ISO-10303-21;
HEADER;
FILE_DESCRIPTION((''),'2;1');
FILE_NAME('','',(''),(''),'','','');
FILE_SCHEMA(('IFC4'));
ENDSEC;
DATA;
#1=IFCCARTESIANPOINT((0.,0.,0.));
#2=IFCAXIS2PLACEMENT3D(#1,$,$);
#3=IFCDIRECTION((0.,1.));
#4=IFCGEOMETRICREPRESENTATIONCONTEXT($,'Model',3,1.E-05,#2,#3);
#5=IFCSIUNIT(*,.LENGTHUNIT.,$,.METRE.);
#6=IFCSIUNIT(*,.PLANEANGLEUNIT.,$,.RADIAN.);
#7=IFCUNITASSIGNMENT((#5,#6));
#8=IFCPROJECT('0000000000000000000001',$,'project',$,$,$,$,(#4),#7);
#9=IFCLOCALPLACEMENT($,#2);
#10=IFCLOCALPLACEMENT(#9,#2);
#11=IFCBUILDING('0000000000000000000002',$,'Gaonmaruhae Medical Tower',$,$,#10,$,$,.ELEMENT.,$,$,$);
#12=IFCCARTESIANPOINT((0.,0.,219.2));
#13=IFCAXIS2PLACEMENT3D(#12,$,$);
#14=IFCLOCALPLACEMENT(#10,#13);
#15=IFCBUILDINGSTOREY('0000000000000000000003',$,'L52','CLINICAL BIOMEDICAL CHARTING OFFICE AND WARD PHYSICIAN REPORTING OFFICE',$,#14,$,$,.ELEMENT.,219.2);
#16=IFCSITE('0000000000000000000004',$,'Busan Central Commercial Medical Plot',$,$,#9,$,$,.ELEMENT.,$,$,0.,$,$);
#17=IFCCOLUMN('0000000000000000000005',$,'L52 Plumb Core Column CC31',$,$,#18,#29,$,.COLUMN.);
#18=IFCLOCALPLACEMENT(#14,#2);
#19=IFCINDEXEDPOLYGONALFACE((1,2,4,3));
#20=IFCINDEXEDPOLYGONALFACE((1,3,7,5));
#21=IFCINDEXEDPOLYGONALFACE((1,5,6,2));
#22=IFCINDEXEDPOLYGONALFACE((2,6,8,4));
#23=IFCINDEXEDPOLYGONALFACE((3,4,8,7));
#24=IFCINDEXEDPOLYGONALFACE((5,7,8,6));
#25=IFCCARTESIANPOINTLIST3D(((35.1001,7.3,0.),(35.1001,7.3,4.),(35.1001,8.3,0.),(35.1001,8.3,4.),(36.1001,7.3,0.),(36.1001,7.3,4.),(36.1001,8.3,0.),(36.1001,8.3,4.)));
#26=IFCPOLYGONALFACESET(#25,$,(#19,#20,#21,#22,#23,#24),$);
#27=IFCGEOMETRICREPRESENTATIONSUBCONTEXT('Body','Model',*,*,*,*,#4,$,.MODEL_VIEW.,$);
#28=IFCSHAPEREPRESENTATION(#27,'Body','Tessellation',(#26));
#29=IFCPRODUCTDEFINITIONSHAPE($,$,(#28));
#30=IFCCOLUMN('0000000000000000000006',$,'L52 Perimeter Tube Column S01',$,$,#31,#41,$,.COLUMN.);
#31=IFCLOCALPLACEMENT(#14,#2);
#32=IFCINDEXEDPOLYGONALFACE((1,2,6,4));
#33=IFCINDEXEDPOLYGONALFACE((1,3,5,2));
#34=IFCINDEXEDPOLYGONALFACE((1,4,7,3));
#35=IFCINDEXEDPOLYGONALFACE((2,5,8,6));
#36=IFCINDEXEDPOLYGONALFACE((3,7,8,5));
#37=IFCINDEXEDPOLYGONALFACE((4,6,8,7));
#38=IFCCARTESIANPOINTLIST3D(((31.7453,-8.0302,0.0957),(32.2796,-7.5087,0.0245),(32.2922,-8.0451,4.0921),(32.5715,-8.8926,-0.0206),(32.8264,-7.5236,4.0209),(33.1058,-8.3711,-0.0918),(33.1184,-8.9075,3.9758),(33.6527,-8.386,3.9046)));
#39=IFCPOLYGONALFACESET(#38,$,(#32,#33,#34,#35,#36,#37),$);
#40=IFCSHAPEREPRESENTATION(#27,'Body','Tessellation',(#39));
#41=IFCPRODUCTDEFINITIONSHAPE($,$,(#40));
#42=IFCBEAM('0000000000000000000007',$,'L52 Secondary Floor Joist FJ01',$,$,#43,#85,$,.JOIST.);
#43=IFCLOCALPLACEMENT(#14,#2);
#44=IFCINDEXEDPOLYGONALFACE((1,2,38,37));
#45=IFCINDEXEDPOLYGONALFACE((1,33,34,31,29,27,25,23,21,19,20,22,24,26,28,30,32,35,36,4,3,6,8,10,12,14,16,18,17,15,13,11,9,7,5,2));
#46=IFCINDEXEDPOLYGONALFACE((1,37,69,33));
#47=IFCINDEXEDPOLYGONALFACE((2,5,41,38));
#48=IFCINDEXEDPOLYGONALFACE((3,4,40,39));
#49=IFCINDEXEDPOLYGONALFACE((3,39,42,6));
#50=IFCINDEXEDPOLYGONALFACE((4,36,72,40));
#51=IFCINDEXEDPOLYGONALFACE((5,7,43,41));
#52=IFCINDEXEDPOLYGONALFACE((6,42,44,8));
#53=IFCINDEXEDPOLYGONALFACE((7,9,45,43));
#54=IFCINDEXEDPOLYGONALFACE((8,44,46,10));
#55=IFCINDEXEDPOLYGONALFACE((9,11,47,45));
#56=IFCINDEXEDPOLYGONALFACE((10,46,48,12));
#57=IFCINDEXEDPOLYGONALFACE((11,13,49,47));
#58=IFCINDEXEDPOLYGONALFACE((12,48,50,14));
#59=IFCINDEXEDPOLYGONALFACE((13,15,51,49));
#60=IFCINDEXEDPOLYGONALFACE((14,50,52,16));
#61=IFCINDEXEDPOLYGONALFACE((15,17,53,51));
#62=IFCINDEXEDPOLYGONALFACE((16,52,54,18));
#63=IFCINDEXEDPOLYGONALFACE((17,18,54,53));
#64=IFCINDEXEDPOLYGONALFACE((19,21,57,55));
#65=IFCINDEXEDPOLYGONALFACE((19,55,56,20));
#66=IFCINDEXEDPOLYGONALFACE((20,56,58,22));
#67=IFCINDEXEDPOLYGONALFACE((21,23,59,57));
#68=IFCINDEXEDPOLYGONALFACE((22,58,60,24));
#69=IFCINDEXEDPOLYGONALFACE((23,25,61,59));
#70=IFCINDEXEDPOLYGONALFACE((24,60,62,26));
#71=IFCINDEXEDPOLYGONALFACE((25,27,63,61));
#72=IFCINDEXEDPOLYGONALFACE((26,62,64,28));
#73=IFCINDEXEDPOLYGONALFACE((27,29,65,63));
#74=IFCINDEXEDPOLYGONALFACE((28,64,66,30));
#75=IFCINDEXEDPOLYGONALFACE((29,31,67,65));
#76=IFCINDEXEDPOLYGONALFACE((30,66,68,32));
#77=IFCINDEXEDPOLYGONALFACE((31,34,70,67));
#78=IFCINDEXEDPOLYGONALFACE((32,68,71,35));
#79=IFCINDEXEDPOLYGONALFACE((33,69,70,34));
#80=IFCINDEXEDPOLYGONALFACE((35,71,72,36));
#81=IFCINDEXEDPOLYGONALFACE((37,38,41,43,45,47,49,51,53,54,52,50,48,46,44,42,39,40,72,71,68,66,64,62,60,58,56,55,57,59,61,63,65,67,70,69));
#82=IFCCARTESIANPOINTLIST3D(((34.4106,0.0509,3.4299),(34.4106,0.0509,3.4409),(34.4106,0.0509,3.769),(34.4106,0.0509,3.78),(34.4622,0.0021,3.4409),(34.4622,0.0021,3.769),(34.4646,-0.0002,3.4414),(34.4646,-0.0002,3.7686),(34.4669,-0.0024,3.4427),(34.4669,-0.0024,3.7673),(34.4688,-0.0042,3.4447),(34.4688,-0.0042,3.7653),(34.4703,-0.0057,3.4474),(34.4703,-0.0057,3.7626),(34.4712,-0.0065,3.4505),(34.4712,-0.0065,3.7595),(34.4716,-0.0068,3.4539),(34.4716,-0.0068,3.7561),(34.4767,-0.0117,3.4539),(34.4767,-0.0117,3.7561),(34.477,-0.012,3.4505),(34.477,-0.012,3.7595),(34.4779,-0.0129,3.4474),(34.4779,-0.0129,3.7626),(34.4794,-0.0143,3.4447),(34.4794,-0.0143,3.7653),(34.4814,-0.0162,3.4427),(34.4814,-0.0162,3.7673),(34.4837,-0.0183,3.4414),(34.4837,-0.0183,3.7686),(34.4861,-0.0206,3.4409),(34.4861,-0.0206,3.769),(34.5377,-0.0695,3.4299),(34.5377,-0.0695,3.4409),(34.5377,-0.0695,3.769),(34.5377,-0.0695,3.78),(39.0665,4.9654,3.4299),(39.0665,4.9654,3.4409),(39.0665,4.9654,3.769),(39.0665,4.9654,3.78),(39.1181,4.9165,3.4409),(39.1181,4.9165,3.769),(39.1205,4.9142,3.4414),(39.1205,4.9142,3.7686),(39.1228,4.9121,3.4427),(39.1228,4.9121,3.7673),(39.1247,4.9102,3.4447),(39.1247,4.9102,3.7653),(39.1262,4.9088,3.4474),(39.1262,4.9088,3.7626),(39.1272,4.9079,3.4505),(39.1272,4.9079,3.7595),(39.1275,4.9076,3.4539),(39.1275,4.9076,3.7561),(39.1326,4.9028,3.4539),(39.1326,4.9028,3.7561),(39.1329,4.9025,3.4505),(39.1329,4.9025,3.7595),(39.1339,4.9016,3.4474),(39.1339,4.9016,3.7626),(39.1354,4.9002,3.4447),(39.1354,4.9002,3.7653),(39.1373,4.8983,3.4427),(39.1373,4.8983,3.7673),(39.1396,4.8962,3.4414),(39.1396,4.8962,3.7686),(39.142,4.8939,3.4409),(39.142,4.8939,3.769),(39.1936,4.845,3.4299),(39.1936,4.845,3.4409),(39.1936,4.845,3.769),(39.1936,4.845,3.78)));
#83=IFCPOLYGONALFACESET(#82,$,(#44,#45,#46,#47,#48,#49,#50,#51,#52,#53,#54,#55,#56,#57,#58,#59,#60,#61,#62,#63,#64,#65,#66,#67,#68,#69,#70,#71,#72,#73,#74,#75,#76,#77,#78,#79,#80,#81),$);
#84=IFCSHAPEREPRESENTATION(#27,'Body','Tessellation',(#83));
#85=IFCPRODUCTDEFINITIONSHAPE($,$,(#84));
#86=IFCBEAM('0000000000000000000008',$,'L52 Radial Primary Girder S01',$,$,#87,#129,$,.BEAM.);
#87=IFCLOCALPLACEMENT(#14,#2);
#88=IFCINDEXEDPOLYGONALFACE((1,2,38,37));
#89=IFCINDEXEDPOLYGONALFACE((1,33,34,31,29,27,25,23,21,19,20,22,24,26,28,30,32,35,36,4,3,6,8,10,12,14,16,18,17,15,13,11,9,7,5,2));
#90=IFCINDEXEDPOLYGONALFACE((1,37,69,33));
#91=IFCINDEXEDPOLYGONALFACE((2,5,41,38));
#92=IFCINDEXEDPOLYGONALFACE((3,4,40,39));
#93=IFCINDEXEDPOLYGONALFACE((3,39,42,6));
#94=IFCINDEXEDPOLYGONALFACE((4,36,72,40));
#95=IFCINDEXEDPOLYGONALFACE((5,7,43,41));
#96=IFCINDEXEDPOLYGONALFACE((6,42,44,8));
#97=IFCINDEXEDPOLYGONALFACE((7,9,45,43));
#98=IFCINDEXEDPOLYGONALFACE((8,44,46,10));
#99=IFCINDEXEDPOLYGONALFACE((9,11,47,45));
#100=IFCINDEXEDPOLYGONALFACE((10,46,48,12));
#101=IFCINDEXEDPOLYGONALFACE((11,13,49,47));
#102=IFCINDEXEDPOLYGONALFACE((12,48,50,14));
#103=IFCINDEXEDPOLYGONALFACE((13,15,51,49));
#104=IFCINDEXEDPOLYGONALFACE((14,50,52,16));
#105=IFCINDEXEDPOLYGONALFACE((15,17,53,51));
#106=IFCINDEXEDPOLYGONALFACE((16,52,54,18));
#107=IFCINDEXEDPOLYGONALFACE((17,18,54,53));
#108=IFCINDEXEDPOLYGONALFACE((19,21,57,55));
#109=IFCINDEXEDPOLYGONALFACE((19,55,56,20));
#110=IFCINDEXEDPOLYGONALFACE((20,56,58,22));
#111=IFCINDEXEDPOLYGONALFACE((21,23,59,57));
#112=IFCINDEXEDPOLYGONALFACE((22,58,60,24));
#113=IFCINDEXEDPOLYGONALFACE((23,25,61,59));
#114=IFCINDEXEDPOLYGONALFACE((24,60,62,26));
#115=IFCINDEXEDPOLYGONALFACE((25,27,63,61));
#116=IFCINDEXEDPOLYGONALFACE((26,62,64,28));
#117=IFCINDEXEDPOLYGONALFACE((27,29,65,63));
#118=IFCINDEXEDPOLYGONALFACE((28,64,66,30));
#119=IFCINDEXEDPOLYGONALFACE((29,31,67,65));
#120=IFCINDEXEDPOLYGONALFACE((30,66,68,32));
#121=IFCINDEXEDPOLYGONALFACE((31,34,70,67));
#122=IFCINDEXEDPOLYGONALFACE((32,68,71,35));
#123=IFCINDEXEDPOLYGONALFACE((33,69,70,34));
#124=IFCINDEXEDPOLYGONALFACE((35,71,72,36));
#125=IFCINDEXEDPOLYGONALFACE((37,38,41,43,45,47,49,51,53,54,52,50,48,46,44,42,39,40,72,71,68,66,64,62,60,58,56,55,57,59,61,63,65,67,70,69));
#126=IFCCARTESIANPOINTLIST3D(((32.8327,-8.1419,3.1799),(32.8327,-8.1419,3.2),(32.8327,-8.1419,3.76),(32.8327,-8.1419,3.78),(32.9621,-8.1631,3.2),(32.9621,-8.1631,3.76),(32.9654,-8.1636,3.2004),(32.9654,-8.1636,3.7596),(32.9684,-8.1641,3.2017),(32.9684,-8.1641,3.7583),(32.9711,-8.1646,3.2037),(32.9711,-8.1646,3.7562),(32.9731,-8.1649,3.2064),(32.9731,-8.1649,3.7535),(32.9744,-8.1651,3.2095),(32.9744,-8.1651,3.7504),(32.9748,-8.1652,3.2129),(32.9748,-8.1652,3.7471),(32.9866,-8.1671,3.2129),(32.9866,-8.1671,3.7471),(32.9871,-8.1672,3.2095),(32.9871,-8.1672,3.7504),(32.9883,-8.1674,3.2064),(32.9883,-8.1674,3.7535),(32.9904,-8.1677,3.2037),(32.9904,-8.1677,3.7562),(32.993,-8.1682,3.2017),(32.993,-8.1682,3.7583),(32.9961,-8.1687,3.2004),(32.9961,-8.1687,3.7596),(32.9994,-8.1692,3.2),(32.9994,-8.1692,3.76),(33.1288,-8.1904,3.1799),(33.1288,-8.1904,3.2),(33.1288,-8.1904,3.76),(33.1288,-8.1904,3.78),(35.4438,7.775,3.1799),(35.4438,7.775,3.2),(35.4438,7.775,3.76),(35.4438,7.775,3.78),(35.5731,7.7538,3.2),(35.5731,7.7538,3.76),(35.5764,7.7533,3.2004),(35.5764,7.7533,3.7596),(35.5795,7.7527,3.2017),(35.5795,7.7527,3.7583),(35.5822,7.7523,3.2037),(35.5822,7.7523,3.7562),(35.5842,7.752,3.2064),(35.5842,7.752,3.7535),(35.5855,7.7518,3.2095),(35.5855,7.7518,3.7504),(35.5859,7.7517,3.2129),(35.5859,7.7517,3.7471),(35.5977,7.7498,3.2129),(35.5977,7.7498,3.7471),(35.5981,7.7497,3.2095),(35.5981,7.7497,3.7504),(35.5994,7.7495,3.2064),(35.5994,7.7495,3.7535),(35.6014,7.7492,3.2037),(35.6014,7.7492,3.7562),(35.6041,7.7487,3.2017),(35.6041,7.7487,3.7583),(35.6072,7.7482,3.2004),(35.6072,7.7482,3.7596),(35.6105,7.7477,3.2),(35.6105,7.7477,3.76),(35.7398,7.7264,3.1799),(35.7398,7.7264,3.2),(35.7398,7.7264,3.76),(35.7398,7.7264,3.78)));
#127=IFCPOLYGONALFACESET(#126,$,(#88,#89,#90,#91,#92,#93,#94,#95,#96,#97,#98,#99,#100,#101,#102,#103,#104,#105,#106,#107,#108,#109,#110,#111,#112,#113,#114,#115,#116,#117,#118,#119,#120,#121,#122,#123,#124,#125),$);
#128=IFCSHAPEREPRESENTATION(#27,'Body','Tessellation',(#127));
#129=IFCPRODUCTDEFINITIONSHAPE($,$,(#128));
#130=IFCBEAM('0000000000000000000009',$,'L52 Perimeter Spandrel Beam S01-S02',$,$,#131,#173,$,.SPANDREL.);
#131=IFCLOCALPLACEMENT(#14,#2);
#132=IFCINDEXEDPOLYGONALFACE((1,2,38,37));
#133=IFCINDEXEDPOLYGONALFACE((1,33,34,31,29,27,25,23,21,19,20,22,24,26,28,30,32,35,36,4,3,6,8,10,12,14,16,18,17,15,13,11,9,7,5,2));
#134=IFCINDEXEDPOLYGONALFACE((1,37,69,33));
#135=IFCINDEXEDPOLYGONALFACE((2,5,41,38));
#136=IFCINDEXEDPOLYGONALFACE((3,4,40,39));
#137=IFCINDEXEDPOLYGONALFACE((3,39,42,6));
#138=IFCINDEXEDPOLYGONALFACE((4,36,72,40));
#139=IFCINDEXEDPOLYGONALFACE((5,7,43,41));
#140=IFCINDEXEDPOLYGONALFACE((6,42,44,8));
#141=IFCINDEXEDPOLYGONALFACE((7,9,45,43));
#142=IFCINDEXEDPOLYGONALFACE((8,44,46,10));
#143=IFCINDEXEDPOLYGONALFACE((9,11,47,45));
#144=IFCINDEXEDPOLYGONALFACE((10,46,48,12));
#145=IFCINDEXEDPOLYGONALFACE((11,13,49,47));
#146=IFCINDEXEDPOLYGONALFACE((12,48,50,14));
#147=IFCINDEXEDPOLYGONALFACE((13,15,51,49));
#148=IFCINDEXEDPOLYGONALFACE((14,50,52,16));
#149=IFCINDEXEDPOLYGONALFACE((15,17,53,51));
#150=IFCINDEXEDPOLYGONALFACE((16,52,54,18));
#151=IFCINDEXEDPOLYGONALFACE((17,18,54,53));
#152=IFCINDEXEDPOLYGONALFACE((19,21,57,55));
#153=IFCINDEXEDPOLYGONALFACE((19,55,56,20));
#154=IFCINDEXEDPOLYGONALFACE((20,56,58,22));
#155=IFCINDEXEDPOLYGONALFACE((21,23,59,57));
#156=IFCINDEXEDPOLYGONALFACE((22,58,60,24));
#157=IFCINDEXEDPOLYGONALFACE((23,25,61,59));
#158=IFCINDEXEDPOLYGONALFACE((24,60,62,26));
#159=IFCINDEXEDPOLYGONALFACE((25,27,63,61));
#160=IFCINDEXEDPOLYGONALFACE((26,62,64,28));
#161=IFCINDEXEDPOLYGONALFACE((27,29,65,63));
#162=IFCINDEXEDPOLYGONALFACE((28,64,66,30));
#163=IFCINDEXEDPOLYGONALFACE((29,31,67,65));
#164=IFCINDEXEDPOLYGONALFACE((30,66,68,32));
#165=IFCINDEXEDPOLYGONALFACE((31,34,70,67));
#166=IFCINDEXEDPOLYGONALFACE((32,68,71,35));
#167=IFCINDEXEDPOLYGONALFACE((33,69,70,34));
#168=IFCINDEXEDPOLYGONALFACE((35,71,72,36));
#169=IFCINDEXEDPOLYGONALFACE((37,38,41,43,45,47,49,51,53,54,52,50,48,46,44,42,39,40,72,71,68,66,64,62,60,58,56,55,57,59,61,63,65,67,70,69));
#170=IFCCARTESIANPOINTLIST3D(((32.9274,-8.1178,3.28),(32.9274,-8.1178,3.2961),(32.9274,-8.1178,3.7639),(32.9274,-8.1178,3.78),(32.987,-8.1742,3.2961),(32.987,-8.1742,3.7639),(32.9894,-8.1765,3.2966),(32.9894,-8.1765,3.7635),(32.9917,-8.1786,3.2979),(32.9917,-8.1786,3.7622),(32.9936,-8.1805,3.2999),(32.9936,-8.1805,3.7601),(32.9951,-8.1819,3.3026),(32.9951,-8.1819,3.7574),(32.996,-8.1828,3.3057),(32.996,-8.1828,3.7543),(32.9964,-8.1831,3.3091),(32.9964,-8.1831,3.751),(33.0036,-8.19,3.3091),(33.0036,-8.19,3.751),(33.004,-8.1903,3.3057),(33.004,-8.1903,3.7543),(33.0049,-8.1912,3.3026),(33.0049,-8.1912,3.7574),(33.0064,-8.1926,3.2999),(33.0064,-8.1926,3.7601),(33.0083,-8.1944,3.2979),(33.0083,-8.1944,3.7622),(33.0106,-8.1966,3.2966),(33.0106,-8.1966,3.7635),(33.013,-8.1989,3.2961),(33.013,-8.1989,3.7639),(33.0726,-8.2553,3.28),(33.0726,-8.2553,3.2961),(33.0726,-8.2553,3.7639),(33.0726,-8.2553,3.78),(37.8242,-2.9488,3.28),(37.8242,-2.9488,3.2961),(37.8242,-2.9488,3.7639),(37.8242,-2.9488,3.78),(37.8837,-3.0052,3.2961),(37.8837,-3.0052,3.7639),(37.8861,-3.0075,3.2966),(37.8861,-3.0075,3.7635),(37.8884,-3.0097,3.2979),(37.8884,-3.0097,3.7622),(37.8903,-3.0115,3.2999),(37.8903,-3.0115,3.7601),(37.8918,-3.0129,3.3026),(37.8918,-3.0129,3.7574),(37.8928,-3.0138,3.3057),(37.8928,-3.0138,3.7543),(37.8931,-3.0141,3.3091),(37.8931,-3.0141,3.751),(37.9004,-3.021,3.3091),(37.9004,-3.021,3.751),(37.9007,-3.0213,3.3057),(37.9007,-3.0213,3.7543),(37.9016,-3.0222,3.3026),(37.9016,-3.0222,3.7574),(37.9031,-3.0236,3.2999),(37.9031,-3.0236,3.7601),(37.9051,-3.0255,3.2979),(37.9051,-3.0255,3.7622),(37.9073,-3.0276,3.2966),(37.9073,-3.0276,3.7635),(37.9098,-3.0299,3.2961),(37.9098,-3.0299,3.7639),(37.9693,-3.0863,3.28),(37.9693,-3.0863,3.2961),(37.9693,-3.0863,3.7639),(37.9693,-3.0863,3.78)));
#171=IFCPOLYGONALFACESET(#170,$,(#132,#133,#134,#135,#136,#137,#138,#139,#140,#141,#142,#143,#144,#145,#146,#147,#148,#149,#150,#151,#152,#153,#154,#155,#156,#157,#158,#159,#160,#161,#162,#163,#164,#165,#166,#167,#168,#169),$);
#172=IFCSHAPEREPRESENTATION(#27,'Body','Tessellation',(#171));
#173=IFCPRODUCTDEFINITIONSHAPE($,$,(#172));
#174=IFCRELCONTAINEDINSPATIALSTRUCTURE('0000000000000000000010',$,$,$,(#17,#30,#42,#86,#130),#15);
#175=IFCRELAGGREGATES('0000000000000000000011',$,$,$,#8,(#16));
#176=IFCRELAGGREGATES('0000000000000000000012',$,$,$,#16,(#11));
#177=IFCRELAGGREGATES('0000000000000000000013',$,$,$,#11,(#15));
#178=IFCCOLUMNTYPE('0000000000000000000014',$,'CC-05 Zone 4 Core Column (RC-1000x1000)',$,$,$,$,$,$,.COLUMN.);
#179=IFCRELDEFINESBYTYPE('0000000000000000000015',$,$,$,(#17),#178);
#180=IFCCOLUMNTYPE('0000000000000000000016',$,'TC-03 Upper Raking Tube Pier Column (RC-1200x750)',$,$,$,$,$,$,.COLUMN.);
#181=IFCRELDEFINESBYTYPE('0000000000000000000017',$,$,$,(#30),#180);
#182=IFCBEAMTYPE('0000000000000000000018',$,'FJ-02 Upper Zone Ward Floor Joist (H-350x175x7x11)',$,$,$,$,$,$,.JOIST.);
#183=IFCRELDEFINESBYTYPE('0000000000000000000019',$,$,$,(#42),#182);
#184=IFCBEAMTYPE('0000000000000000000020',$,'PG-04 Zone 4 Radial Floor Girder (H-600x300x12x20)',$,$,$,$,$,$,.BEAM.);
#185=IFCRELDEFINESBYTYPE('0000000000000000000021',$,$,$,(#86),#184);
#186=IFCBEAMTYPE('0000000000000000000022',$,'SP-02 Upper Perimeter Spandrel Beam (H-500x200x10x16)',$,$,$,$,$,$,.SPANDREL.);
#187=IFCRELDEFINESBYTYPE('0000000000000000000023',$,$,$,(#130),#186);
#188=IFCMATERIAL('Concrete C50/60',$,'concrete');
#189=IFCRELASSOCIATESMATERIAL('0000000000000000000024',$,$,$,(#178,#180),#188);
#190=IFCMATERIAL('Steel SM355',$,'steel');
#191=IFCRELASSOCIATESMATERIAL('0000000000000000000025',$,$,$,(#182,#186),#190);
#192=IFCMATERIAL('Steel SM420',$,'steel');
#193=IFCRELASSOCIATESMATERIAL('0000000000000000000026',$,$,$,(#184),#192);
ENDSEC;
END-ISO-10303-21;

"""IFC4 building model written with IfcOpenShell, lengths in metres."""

from ifc_helpers import new_model, si_unit, direction, frame, origin, origin_2d, place, context, subcontext, project, spatial, rectangle, i_section, extrude, material, material_profile, profile_set, type_object, element, save


model = new_model("IFC4")

# Units and contexts
model_context = context("Model", 3, precision=1e-05, world=origin(), true_north=direction((0.0, 1.0)))
body_context = subcontext(model_context, "Body", "Model", "MODEL_VIEW")
ifc_project = project(units=[si_unit("LENGTHUNIT", "METRE"), si_unit("PLANEANGLEUNIT", "RADIAN")], contexts=[model_context])

# Site, building, storey
site_placement = place(None, origin())
site = spatial("IfcSite", under=ifc_project, at=site_placement, Name="Busan Central Commercial Medical Plot", CompositionType="ELEMENT", RefElevation=0.0)
building_placement = place(site_placement, origin())
building = spatial("IfcBuilding", under=site, at=building_placement, Name="Gaonmaruhae Medical Tower", CompositionType="ELEMENT")
storey_placement = place(building_placement, frame((0.0, 0.0, 219.2)))
storey = spatial("IfcBuildingStorey", under=building, at=storey_placement, Name="L52", Description="CLINICAL BIOMEDICAL CHARTING OFFICE AND WARD PHYSICIAN REPORTING OFFICE", CompositionType="ELEMENT", Elevation=219.2)

# Columns
ifc_material_1 = material(Name="Concrete C50/60", Category="concrete")
ifc_material_profile_1 = material_profile(ifc_material_1, rectangle(XDim=1.0, YDim=1.0, at=origin_2d()), Name="RC-1000x1000")
ifc_profile_set_1 = profile_set([ifc_material_profile_1], Name="Concrete C50/60")
column_type_1 = type_object("IfcColumnType", Name="CC-05 Zone 4 Core Column (RC-1000x1000)", PredefinedType="COLUMN", material=ifc_profile_set_1)
column_1_placement = place(storey_placement, frame((35.6001, 7.8, 0.0), z_axis=(0.0, 0.0, 1.0), x_axis=(1.0, 0.0, 0.0)))
element("IfcColumn", 1, at=column_1_placement, inside=storey, type_object=column_type_1, Name="L52 Plumb Core Column CC31", PredefinedType="COLUMN", context=body_context, shape_type="SweptSolid", body=[
    extrude(rectangle(XDim=1.0, YDim=1.0, at=origin_2d()), origin(), (0.0, 0.0, 1.0), 4.0),
])
ifc_material_profile_2 = material_profile(ifc_material_1, rectangle(XDim=1.2, YDim=0.75, at=origin_2d()), Name="RC-1200x750")
ifc_profile_set_2 = profile_set([ifc_material_profile_2], Name="Concrete C50/60")
column_type_2 = type_object("IfcColumnType", Name="TC-03 Upper Raking Tube Pier Column (RC-1200x750)", PredefinedType="COLUMN", material=ifc_profile_set_2)
column_2_placement = place(storey_placement, frame((32.4255, -8.2007, 0.002), z_axis=(0.13558, -0.003692, 0.99076), x_axis=(-0.688562, 0.718674, 0.096904)))
element("IfcColumn", 2, at=column_2_placement, inside=storey, type_object=column_type_2, Name="L52 Perimeter Tube Column S01", PredefinedType="COLUMN", context=body_context, shape_type="SweptSolid", body=[
    extrude(rectangle(XDim=1.2, YDim=0.75, at=origin_2d()), origin(), (0.0, 0.0, 1.0), 4.0337),
])

# Beams
ifc_material_2 = material(Name="Steel SM355", Category="steel")
ifc_material_profile_3 = material_profile(ifc_material_2, i_section(OverallWidth=0.175, OverallDepth=0.3501, WebThickness=0.0071, FlangeThickness=0.011, FilletRadius=0.0129, at=origin_2d()), Name="H-350x175x7x11")
ifc_profile_set_3 = profile_set([ifc_material_profile_3], Name="Steel SM355")
beam_type_1 = type_object("IfcBeamType", Name="FJ-02 Upper Zone Ward Floor Joist (H-350x175x7x11)", PredefinedType="JOIST", material=ifc_profile_set_3)
beam_1_placement = place(storey_placement, frame((34.4741, -0.0093, 3.605), z_axis=(0.687754, 0.725944, 0.0), x_axis=(-0.725944, 0.687754, 0.0)))
element("IfcBeam", 3, at=beam_1_placement, inside=storey, type_object=beam_type_1, Name="L52 Secondary Floor Joist FJ01", PredefinedType="JOIST", context=body_context, shape_type="SweptSolid", body=[
    extrude(i_section(OverallWidth=0.175, OverallDepth=0.3501, WebThickness=0.0071, FlangeThickness=0.011, FilletRadius=0.0129, at=origin_2d()), origin(), (0.0, 0.0, 1.0), 6.7698),
])
ifc_material_3 = material(Name="Steel SM420", Category="steel")
ifc_material_profile_4 = material_profile(ifc_material_3, i_section(OverallWidth=0.3, OverallDepth=0.6001, WebThickness=0.012, FlangeThickness=0.02, FilletRadius=0.0129, at=origin_2d()), Name="H-600x300x12x20")
ifc_profile_set_4 = profile_set([ifc_material_profile_4], Name="Steel SM420")
beam_type_2 = type_object("IfcBeamType", Name="PG-04 Zone 4 Radial Floor Girder (H-600x300x12x20)", PredefinedType="BEAM", material=ifc_profile_set_4)
beam_2_placement = place(storey_placement, frame((35.5918, 7.7507, 3.48), z_axis=(-0.16188, -0.98681, 0.0), x_axis=(0.98681, -0.16188, 0.0)))
element("IfcBeam", 4, at=beam_2_placement, inside=storey, type_object=beam_type_2, Name="L52 Radial Primary Girder S01", PredefinedType="BEAM", context=body_context, shape_type="SweptSolid", body=[
    extrude(i_section(OverallWidth=0.3, OverallDepth=0.6001, WebThickness=0.012, FlangeThickness=0.02, FilletRadius=0.0129, at=origin_2d()), origin(), (0.0, 0.0, 1.0), 16.1296),
])
ifc_material_profile_5 = material_profile(ifc_material_2, i_section(OverallWidth=0.2, OverallDepth=0.5, WebThickness=0.01, FlangeThickness=0.0161, FilletRadius=0.0129, at=origin_2d()), Name="H-500x200x10x16")
ifc_profile_set_5 = profile_set([ifc_material_profile_5], Name="Steel SM355")
beam_type_3 = type_object("IfcBeamType", Name="SP-02 Upper Perimeter Spandrel Beam (H-500x200x10x16)", PredefinedType="SPANDREL", material=ifc_profile_set_5)
beam_3_placement = place(storey_placement, frame((33.0, -8.1865, 3.53), z_axis=(0.687732, 0.725964, 0.0), x_axis=(-0.725964, 0.687732, 0.0)))
element("IfcBeam", 5, at=beam_3_placement, inside=storey, type_object=beam_type_3, Name="L52 Perimeter Spandrel Beam S01-S02", PredefinedType="SPANDREL", context=body_context, shape_type="SweptSolid", body=[
    extrude(i_section(OverallWidth=0.2, OverallDepth=0.5, WebThickness=0.01, FlangeThickness=0.0161, FilletRadius=0.0129, at=origin_2d()), origin(), (0.0, 0.0, 1.0), 7.1201),
])

save(model, "model.ifc")
